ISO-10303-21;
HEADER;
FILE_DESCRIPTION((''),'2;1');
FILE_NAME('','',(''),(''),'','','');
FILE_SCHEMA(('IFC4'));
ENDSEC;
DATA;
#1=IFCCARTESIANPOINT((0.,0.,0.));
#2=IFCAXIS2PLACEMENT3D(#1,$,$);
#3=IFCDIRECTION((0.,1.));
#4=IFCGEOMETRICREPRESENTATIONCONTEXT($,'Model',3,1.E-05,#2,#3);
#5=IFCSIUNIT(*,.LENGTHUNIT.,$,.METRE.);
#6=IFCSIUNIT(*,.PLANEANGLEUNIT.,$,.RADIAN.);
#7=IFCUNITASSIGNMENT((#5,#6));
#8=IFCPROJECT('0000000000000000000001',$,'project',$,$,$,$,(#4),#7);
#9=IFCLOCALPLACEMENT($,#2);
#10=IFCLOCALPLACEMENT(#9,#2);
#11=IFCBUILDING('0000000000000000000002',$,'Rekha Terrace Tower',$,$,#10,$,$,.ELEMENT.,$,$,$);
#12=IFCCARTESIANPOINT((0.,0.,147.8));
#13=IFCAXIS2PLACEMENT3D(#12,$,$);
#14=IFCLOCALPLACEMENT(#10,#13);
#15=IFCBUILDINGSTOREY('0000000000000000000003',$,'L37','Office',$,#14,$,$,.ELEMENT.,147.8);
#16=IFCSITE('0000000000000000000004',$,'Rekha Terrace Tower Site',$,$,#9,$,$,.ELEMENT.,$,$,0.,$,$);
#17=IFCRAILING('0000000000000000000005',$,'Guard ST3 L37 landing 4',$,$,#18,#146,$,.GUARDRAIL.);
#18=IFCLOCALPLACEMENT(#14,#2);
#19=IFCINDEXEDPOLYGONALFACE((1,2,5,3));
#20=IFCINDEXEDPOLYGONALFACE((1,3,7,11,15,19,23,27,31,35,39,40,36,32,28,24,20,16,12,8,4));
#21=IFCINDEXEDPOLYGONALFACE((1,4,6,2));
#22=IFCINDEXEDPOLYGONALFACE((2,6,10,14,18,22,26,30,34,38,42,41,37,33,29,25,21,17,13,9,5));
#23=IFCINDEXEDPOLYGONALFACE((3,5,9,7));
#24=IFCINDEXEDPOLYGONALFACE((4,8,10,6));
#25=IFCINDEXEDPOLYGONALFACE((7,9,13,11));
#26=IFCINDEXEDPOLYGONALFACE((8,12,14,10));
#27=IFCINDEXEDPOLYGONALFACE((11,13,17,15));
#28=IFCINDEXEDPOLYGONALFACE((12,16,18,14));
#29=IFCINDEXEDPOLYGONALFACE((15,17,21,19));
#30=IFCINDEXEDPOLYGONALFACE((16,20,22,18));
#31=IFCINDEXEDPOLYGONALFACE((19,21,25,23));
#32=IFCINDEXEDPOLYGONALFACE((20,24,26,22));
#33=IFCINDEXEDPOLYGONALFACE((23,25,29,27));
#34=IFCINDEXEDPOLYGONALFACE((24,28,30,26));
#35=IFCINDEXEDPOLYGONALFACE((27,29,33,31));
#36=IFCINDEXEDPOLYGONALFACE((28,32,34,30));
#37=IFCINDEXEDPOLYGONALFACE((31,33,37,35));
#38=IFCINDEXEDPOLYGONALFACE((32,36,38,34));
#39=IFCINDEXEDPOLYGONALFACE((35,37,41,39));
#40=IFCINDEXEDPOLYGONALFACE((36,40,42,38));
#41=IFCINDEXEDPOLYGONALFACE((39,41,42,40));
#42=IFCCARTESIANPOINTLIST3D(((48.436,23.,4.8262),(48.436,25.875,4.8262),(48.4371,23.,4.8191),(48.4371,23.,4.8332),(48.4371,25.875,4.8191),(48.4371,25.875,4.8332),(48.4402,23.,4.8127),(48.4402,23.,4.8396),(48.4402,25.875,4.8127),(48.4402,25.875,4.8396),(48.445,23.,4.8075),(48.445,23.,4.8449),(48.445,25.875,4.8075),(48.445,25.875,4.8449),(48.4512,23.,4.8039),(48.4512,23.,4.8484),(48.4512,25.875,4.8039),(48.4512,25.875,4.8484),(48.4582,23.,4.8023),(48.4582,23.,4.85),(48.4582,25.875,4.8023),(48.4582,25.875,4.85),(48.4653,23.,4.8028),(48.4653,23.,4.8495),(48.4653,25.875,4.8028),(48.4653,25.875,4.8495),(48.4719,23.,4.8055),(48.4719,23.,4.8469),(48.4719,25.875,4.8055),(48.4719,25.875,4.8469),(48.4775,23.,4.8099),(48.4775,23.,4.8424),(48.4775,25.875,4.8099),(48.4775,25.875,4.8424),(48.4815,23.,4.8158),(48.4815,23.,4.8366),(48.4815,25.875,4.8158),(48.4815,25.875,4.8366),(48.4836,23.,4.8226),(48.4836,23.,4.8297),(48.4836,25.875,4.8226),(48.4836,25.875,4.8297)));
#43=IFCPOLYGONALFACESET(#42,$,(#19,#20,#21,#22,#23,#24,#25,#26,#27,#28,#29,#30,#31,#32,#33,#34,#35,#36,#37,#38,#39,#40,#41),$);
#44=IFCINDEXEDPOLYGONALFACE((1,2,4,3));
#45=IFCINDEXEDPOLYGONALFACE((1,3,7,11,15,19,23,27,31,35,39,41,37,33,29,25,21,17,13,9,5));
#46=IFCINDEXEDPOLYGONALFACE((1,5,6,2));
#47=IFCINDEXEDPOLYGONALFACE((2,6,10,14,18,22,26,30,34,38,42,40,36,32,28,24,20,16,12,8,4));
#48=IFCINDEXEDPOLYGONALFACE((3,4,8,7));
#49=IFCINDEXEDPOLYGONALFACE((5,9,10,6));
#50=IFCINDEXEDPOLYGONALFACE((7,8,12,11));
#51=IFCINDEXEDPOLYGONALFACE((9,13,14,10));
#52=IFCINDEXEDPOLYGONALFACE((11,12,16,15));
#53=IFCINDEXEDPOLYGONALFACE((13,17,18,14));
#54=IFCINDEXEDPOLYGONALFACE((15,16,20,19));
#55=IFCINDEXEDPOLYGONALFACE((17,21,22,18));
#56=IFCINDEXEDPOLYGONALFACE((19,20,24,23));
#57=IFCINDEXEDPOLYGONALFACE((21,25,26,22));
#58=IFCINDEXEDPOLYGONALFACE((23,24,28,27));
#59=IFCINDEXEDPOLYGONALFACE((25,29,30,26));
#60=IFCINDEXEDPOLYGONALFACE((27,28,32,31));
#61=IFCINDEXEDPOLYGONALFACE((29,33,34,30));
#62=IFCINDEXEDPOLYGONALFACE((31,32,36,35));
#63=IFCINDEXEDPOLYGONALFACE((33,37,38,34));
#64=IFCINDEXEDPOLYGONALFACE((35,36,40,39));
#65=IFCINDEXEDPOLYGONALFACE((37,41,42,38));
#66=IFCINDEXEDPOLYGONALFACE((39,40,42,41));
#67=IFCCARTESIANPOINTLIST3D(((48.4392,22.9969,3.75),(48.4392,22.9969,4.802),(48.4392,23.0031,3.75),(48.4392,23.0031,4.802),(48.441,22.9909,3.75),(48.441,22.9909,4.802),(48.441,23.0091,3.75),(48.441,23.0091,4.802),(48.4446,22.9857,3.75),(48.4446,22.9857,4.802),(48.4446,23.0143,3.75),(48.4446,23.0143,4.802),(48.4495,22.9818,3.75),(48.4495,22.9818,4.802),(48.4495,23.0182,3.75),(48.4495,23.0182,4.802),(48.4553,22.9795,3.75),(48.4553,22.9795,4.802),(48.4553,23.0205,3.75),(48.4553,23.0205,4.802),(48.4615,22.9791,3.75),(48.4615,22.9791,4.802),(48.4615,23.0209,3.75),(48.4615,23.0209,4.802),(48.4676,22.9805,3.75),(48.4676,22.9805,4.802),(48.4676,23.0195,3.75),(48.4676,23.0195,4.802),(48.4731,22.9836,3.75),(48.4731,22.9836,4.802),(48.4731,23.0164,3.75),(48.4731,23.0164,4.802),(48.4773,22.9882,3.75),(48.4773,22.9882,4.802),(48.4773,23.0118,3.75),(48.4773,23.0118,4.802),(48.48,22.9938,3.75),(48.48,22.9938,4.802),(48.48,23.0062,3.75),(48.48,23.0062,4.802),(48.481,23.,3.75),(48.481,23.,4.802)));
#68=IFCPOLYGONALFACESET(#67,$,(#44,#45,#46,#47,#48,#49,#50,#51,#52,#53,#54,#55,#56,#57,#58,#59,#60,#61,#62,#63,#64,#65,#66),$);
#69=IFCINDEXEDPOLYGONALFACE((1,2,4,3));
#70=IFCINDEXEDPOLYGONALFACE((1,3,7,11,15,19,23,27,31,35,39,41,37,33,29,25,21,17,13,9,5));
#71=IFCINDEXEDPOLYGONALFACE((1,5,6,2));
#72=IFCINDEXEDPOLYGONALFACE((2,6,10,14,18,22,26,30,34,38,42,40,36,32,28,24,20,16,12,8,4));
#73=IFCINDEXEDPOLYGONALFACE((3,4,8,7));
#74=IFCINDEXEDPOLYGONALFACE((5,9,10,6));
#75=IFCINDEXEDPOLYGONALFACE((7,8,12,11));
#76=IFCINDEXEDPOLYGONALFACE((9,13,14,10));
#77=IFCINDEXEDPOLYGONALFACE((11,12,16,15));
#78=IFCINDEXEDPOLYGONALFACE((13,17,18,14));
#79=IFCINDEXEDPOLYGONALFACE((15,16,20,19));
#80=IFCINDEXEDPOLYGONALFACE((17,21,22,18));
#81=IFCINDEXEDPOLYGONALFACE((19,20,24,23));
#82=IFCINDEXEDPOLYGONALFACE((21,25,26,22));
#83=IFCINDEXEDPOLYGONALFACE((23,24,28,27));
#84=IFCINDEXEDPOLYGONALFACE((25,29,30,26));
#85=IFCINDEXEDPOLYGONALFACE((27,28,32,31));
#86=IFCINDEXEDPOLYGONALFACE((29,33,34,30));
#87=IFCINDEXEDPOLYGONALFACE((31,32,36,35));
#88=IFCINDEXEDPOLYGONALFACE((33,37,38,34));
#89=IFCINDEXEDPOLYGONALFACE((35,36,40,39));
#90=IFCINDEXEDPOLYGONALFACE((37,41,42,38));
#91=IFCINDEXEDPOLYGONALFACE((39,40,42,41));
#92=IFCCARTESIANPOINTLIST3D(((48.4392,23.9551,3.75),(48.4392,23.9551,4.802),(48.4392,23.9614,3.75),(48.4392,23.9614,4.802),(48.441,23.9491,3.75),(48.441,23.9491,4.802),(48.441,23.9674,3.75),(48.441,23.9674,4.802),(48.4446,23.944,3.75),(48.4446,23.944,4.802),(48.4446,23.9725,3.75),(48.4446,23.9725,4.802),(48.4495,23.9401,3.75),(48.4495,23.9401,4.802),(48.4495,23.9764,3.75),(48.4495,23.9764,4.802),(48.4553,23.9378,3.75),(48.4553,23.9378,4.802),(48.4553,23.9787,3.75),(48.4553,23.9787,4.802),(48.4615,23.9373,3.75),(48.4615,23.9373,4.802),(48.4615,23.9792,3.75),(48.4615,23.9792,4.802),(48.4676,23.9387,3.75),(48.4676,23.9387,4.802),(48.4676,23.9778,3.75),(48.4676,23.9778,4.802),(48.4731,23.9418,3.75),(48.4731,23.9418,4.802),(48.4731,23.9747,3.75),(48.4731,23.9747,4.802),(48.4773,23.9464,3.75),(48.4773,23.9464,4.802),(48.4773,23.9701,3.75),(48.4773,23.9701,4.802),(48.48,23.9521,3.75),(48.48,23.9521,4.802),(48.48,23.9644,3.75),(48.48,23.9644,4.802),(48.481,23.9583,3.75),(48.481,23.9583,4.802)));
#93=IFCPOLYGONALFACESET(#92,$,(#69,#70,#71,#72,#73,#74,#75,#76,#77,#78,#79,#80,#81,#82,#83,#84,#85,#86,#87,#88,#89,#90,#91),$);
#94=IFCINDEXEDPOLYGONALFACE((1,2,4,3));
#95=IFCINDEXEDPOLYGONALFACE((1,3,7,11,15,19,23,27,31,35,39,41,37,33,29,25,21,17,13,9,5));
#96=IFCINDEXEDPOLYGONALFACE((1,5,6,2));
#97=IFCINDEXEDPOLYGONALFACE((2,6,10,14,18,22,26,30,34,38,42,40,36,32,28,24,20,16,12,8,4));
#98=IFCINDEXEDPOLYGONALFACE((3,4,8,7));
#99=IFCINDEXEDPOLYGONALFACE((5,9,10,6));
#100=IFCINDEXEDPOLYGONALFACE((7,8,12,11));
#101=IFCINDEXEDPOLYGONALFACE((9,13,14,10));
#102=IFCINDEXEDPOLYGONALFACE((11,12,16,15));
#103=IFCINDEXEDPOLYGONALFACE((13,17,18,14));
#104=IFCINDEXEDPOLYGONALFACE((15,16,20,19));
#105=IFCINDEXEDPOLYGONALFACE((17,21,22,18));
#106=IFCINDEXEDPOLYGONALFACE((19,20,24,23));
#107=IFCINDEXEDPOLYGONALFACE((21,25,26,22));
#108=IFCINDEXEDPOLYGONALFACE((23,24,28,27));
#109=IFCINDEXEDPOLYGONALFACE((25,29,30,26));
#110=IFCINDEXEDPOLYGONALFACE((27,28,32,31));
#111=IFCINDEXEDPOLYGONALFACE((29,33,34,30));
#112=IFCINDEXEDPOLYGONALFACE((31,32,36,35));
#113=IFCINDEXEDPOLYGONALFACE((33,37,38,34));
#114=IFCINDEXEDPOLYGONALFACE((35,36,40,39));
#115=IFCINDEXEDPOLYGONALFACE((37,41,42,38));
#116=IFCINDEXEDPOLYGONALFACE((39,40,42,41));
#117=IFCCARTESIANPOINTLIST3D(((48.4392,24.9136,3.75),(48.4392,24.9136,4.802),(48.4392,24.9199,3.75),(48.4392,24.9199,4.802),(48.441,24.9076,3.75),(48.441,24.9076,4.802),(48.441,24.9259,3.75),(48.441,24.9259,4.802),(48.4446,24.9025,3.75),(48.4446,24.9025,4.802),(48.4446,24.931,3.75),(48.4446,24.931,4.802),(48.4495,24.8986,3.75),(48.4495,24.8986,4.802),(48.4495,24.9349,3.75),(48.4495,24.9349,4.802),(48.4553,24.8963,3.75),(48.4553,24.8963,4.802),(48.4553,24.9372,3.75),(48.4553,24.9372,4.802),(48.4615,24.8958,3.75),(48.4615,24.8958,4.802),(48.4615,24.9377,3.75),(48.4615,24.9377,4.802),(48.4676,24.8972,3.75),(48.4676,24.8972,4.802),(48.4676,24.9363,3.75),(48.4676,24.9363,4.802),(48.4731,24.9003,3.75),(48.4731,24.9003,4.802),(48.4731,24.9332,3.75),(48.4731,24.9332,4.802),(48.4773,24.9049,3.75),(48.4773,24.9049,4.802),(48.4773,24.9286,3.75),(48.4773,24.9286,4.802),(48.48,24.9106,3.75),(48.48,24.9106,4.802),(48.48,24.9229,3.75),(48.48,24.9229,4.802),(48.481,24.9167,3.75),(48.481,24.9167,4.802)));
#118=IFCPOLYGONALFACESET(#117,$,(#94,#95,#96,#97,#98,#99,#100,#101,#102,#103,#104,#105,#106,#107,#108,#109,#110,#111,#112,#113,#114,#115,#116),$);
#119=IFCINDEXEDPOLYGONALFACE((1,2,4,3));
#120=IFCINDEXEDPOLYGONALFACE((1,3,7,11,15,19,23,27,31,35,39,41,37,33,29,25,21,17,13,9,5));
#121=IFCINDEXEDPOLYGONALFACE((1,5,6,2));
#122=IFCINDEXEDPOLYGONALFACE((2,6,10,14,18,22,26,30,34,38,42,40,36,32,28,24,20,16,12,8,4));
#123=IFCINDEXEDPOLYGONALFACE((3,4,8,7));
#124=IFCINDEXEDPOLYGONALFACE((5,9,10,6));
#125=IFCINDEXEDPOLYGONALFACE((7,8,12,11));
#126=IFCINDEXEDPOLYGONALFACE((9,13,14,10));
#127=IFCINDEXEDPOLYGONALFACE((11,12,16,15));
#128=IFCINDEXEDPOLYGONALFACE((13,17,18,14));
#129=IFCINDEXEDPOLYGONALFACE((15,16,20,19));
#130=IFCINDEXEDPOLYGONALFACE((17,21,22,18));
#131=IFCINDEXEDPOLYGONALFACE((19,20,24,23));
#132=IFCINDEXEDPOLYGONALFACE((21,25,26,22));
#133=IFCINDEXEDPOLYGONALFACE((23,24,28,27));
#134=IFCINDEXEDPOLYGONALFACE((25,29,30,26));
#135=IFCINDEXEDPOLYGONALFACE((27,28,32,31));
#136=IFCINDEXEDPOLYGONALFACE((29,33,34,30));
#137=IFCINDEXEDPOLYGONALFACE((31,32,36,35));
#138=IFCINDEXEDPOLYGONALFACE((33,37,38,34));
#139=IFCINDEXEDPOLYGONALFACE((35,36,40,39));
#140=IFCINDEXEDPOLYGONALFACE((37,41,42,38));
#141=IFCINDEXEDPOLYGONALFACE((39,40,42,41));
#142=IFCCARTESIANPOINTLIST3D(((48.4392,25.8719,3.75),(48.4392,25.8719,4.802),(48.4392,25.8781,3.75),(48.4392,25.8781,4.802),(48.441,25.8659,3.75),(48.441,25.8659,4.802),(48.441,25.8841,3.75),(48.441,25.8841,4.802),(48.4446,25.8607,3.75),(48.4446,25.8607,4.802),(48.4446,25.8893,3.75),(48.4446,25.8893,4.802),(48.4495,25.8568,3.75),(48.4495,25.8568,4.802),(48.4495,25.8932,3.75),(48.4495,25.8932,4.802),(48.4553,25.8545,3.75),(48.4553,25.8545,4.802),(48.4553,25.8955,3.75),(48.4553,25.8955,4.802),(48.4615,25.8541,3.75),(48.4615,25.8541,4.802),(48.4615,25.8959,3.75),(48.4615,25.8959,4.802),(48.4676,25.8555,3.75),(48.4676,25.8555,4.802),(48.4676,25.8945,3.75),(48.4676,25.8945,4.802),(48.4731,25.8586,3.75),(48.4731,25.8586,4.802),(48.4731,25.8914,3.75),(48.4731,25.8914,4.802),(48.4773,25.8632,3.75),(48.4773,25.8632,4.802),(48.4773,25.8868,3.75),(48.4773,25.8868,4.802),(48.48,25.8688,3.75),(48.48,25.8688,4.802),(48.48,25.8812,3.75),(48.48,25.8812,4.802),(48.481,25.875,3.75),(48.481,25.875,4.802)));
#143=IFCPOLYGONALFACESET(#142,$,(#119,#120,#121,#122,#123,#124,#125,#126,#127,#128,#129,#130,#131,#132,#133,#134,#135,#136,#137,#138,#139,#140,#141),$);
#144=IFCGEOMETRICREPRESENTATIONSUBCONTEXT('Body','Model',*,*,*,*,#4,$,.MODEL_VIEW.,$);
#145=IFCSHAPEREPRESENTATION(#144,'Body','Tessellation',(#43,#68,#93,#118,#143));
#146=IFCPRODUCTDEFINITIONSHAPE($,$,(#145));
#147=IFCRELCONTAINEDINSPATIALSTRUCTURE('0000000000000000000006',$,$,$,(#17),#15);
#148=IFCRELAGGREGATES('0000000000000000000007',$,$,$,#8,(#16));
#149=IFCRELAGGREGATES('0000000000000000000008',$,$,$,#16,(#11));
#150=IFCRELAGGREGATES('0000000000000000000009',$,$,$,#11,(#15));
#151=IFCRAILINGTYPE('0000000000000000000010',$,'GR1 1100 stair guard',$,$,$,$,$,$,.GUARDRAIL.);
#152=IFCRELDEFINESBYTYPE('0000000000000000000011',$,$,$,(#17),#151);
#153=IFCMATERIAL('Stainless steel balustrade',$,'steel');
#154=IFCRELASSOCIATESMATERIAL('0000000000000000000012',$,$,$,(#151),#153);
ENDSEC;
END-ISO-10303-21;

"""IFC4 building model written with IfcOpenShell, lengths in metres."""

from ifc_helpers import new_model, si_unit, direction, frame, origin, origin_2d, place, context, subcontext, project, spatial, circle, extrude, material, type_object, element, save


model = new_model("IFC4")

# Units and contexts
model_context = context("Model", 3, precision=1e-05, world=origin(), true_north=direction((0.0, 1.0)))
body_context = subcontext(model_context, "Body", "Model", "MODEL_VIEW")
ifc_project = project(units=[si_unit("LENGTHUNIT", "METRE"), si_unit("PLANEANGLEUNIT", "RADIAN")], contexts=[model_context])

# Site, building, storey
site_placement = place(None, origin())
site = spatial("IfcSite", under=ifc_project, at=site_placement, Name="Rekha Terrace Tower Site", CompositionType="ELEMENT", RefElevation=0.0)
building_placement = place(site_placement, origin())
building = spatial("IfcBuilding", under=site, at=building_placement, Name="Rekha Terrace Tower", CompositionType="ELEMENT")
storey_placement = place(building_placement, frame((0.0, 0.0, 147.8)))
storey = spatial("IfcBuildingStorey", under=building, at=storey_placement, Name="L37", Description="Office", CompositionType="ELEMENT", Elevation=147.8)

# Railing
ifc_material_1 = material(Name="Stainless steel balustrade", Category="steel")
railing_type = type_object("IfcRailingType", Name="GR1 1100 stair guard", PredefinedType="GUARDRAIL", material=ifc_material_1)
railing_placement = place(storey_placement, frame((48.46, 23.0, 3.75)))
element("IfcRailing", 1, at=railing_placement, inside=storey, type_object=railing_type, Name="Guard ST3 L37 landing 4", PredefinedType="GUARDRAIL", context=body_context, shape_type="SweptSolid", body=[
    extrude(circle(Radius=0.0239, at=origin_2d()), frame((0.0, 0.0, 1.0762), z_axis=(0.0, 1.0, 0.0), x_axis=(-1.0, 0.0, 0.0)), (0.0, 0.0, 1.0), 2.875),
    extrude(circle(Radius=0.021, at=origin_2d()), origin(), (0.0, 0.0, 1.0), 1.052),
    extrude(circle(Radius=0.021, at=origin_2d()), frame((0.0, 0.9583, 0.0)), (0.0, 0.0, 1.0), 1.052),
    extrude(circle(Radius=0.021, at=origin_2d()), frame((0.0, 1.9167, 0.0)), (0.0, 0.0, 1.0), 1.052),
    extrude(circle(Radius=0.021, at=origin_2d()), frame((0.0, 2.875, 0.0)), (0.0, 0.0, 1.0), 1.052),
])

save(model, "model.ifc")
